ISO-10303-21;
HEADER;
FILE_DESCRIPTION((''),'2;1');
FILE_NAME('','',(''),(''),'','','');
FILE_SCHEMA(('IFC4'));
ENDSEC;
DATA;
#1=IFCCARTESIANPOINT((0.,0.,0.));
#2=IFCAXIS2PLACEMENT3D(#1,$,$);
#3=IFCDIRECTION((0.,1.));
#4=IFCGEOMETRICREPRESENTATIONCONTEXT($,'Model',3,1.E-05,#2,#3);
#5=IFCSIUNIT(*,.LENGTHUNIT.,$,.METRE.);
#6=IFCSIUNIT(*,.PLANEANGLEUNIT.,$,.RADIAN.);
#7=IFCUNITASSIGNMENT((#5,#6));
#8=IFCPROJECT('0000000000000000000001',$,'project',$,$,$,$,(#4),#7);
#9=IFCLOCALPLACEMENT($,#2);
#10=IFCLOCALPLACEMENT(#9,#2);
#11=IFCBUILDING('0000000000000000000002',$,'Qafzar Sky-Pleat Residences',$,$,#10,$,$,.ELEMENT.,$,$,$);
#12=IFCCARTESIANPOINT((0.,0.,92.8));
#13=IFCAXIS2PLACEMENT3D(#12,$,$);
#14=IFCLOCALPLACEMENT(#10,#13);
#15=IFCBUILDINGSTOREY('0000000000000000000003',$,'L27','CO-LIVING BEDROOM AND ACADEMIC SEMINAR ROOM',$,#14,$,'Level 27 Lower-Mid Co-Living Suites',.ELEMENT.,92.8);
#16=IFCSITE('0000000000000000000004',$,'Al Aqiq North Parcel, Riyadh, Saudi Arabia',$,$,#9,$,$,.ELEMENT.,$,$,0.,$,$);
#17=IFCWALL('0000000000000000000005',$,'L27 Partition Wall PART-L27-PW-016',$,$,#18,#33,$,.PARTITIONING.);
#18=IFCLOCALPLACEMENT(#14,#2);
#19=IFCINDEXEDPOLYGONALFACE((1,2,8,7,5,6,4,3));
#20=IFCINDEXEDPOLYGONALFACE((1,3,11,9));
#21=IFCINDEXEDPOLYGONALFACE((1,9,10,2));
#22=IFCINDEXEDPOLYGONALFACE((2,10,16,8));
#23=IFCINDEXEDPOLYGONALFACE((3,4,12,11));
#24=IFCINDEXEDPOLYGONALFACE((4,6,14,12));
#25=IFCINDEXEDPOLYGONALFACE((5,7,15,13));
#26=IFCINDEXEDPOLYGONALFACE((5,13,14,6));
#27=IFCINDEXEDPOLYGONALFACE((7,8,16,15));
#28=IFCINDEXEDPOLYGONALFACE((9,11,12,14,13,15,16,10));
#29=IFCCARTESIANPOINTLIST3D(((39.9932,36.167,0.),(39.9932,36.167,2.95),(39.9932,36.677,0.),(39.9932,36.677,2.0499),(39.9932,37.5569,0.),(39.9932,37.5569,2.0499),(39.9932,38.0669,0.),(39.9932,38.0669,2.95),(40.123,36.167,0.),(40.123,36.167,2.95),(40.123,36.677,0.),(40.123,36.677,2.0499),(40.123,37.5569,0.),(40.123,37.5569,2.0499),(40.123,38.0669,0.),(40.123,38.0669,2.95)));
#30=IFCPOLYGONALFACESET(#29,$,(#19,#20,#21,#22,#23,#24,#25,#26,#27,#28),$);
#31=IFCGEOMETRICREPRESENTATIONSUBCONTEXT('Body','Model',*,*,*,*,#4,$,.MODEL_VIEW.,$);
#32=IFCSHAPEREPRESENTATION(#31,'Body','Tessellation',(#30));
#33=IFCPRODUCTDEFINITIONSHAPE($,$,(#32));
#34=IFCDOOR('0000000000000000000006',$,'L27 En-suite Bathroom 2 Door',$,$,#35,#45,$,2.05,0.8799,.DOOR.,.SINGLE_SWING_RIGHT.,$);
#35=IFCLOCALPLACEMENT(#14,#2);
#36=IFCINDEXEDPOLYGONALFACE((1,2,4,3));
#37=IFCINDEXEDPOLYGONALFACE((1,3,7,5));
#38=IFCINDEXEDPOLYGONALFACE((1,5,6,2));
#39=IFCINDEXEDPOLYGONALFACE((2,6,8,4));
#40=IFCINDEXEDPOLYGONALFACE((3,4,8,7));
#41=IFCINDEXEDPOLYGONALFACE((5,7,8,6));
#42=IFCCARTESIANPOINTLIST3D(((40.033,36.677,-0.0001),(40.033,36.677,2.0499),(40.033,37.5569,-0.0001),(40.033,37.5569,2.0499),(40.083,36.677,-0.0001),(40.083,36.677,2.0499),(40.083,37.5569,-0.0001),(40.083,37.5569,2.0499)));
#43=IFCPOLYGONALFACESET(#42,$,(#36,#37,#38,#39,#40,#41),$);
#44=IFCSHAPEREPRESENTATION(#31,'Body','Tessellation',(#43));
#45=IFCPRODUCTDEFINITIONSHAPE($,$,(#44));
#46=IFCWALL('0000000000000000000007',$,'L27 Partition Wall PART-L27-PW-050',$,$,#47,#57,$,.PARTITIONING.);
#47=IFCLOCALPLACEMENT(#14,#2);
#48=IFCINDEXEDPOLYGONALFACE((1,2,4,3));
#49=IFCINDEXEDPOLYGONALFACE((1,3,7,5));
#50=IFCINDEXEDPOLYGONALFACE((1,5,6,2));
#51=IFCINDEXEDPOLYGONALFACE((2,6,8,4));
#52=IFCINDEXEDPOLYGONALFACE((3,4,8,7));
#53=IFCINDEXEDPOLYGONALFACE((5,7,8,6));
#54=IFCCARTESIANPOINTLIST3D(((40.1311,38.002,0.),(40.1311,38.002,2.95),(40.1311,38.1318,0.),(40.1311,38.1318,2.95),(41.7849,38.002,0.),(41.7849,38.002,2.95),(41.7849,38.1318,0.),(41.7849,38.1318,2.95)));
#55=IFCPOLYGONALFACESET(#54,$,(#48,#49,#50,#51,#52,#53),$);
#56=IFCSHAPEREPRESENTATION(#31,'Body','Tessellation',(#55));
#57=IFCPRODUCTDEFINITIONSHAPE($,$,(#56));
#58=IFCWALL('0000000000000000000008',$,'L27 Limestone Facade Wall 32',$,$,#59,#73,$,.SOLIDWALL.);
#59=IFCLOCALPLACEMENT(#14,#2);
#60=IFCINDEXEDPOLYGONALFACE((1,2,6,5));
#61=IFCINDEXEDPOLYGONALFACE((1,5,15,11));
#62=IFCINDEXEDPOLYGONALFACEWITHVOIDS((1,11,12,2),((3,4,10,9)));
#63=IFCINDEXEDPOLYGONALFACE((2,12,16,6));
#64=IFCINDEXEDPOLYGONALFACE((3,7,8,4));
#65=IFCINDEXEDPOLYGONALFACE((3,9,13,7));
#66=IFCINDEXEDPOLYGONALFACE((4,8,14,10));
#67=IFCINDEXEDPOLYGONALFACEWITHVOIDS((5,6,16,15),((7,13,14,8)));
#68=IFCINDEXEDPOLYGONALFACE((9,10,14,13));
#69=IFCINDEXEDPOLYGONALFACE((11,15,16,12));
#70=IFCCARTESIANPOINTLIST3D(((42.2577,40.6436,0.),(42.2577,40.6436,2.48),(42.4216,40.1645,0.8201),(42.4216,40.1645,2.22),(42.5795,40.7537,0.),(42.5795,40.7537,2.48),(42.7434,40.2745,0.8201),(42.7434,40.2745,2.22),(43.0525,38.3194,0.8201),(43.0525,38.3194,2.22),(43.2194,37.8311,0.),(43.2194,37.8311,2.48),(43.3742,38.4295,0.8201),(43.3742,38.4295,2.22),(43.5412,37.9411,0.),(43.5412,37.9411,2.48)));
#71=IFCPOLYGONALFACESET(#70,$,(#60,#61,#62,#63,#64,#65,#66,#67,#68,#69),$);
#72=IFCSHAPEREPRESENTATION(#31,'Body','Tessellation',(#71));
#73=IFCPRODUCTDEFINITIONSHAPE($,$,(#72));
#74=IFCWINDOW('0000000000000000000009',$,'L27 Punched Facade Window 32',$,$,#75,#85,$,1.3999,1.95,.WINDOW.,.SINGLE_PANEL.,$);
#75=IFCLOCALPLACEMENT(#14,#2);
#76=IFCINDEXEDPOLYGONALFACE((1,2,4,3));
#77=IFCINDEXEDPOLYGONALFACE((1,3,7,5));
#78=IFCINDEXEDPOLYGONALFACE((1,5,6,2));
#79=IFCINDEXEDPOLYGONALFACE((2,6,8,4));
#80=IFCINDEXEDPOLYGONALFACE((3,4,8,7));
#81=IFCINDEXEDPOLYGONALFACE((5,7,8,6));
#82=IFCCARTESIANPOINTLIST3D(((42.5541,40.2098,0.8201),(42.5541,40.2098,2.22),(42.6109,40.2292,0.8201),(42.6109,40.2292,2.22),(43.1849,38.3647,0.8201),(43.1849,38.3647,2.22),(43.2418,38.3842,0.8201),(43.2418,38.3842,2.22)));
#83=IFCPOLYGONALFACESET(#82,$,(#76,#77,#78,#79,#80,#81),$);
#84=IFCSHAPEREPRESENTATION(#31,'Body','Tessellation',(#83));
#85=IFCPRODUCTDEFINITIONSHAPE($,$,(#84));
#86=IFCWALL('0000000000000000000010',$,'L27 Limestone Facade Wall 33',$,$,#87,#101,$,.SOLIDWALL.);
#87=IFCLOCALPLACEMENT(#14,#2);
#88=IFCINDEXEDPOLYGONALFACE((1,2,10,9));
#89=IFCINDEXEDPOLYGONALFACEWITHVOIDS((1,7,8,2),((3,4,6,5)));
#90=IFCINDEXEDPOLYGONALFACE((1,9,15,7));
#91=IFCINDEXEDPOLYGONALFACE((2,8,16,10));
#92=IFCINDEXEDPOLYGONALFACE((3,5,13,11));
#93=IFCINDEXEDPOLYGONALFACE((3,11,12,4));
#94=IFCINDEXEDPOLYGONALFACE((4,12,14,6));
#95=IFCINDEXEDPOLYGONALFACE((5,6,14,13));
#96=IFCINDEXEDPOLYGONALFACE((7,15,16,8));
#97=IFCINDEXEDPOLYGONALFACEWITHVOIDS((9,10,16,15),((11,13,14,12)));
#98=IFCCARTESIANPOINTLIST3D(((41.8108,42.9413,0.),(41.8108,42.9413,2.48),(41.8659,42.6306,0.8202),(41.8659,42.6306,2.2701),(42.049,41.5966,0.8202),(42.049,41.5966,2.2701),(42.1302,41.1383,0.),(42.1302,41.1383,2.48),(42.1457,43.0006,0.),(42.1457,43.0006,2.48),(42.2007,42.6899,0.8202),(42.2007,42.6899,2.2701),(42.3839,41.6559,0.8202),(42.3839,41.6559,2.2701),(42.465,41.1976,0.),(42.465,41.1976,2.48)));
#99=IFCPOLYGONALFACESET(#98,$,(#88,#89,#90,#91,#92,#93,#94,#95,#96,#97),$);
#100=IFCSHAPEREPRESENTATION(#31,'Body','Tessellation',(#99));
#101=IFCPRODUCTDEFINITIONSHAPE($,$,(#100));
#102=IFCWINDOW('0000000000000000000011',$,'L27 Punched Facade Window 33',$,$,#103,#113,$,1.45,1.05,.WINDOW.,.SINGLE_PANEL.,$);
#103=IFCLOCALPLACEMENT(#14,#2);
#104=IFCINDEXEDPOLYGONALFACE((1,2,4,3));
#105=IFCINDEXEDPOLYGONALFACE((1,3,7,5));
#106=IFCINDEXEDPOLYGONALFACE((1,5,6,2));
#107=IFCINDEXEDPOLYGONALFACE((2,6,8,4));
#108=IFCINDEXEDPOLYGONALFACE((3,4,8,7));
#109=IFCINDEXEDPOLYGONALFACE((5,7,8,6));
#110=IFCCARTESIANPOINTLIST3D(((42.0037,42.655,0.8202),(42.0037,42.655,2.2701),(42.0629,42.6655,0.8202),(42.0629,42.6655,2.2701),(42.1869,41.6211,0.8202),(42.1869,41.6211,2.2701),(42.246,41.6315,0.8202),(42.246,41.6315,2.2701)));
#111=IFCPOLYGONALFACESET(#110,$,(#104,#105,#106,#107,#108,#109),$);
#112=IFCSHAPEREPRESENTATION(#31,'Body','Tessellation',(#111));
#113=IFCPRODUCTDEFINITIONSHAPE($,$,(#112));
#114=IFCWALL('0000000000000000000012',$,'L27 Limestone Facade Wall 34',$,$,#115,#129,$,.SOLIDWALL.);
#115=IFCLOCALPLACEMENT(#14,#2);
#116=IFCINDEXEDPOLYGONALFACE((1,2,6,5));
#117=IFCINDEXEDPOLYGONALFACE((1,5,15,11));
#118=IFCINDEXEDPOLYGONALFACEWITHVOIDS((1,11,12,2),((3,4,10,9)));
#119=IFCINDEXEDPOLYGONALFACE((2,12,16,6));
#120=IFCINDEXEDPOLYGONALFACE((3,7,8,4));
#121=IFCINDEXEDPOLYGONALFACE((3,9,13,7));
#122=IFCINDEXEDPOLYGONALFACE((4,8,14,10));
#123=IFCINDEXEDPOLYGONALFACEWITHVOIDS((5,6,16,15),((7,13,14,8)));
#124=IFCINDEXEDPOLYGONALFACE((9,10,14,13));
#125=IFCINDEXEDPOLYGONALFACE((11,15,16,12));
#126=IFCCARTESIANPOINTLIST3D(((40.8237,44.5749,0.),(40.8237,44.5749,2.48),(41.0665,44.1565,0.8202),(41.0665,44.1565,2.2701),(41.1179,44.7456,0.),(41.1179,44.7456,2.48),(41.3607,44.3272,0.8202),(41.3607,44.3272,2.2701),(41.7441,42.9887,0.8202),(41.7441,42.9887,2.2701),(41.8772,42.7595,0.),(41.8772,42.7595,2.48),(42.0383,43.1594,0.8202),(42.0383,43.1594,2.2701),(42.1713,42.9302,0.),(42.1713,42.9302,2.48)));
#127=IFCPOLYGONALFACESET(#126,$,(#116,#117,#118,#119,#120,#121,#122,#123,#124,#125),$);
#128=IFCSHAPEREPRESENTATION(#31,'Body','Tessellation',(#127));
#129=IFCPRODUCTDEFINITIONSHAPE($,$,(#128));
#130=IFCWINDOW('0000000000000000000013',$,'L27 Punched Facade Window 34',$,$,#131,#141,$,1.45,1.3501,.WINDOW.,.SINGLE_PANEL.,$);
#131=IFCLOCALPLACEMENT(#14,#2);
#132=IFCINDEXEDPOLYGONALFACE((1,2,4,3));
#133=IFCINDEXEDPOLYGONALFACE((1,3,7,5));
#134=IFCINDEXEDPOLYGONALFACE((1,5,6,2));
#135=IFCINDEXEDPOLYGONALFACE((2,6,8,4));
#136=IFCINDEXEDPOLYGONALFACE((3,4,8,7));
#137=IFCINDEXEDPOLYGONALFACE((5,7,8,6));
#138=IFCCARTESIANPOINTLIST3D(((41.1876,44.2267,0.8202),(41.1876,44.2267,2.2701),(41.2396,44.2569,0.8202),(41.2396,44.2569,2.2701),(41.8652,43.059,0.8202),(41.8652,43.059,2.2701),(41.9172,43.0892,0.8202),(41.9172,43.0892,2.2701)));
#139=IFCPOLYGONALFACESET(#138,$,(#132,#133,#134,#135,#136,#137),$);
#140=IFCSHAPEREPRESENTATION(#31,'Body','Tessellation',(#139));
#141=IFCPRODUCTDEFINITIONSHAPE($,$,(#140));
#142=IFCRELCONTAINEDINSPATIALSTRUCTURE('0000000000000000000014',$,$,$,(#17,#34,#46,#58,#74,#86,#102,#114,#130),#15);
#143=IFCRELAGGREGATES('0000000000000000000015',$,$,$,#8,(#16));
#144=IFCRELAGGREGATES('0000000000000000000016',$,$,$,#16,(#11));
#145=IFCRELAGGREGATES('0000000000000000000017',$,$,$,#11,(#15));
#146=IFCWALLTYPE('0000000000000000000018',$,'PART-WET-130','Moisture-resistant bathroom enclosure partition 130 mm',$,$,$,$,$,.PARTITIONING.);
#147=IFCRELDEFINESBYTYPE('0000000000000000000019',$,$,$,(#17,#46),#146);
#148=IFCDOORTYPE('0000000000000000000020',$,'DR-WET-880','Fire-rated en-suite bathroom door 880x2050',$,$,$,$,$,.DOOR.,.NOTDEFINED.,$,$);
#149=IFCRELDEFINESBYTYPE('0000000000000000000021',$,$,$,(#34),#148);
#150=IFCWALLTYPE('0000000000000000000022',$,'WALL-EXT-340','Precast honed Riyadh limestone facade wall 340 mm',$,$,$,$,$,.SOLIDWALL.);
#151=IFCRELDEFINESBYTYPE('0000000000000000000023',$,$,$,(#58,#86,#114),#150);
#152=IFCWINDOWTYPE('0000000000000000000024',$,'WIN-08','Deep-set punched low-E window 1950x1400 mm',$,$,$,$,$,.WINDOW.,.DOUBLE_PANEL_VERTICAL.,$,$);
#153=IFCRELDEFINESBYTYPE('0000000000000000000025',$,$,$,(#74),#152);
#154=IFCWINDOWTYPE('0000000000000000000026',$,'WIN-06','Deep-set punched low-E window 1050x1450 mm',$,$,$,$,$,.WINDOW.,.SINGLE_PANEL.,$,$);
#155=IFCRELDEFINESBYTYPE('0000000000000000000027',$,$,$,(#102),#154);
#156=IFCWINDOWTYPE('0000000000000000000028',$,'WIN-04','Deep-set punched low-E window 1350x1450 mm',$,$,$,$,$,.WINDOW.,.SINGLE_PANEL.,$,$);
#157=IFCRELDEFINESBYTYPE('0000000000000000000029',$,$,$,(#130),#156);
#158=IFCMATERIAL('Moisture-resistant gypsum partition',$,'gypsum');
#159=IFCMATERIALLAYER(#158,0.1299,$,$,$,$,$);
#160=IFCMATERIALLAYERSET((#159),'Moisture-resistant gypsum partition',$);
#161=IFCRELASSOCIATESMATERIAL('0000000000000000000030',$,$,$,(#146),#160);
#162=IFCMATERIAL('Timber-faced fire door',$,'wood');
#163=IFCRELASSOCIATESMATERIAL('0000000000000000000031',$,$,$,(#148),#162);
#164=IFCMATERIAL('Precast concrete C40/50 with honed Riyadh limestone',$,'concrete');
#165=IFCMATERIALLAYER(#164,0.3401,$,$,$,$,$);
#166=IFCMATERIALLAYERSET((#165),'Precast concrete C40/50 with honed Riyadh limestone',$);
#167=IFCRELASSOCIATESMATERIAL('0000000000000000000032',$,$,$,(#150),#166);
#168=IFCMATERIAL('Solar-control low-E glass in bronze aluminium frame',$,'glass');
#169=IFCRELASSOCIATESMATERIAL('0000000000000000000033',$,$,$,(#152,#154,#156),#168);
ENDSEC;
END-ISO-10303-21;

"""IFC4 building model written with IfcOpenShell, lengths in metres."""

from ifc_helpers import new_model, si_unit, direction, frame, frame_2d, origin, place, context, subcontext, project, spatial, rectangle, extrude, source, transform, mapped, material, layer, layer_set, type_object, element, fill, save


model = new_model("IFC4")

# Units and contexts
model_context = context("Model", 3, precision=1e-05, world=origin(), true_north=direction((0.0, 1.0)))
body_context = subcontext(model_context, "Body", "Model", "MODEL_VIEW")
ifc_project = project(units=[si_unit("LENGTHUNIT", "METRE"), si_unit("PLANEANGLEUNIT", "RADIAN")], contexts=[model_context])

# Site, building, storey
site_placement = place(None, origin())
site = spatial("IfcSite", under=ifc_project, at=site_placement, Name="Al Aqiq North Parcel, Riyadh, Saudi Arabia", CompositionType="ELEMENT", RefElevation=0.0)
building_placement = place(site_placement, origin())
building = spatial("IfcBuilding", under=site, at=building_placement, Name="Qafzar Sky-Pleat Residences", CompositionType="ELEMENT")
storey_placement = place(building_placement, frame((0.0, 0.0, 92.8)))
storey = spatial("IfcBuildingStorey", under=building, at=storey_placement, Name="L27", Description="CO-LIVING BEDROOM AND ACADEMIC SEMINAR ROOM", LongName="Level 27 Lower-Mid Co-Living Suites", CompositionType="ELEMENT", Elevation=92.8)

# Wall, opening, door
ifc_material_1 = material(Name="Moisture-resistant gypsum partition", Category="gypsum")
ifc_layer_1 = layer(ifc_material_1, 0.1299)
ifc_layer_set_1 = layer_set([ifc_layer_1], Name="Moisture-resistant gypsum partition")
wall_type_1 = type_object("IfcWallType", Name="PART-WET-130", Description="Moisture-resistant bathroom enclosure partition 130 mm", PredefinedType="PARTITIONING", material=ifc_layer_set_1)
wall_1_placement = place(storey_placement, frame((40.0581, 38.0669, 0.0), z_axis=(0.0, 0.0, 1.0), x_axis=(0.0, -1.0, 0.0)))
wall_1 = element("IfcWall", 1, at=wall_1_placement, inside=storey, type_object=wall_type_1, Name="L27 Partition Wall PART-L27-PW-016", PredefinedType="PARTITIONING", context=body_context, shape_type="SweptSolid", body=[
    extrude(rectangle(XDim=1.8999, YDim=0.1299, at=frame_2d((0.95, 0.0))), origin(), (0.0, 0.0, 1.0), 2.95),
])
opening_1_placement = place(wall_1_placement, frame((0.51, 0.0, 0.0)))
opening_1 = element("IfcOpeningElement", 2, at=opening_1_placement, cuts=wall_1, PredefinedType="OPENING", context=body_context, shape_type="SweptSolid", body=[
    extrude(rectangle(XDim=0.8799, YDim=2.05, at=frame_2d((0.4399, 1.0249))), frame((0.0, 0.075, 0.0), z_axis=(0.0, -1.0, 0.0), x_axis=(1.0, 0.0, 0.0)), (0.0, 0.0, 1.0), 0.1499),
])
ifc_material_2 = material(Name="Timber-faced fire door", Category="wood")
door_type = type_object("IfcDoorType", Name="DR-WET-880", Description="Fire-rated en-suite bathroom door 880x2050", OperationType="NOTDEFINED", PredefinedType="DOOR", material=ifc_material_2)
shared_shape_1 = source(origin(), body_context, "Body", "SweptSolid", [
    extrude(rectangle(XDim=0.8799, YDim=2.05, at=frame_2d((0.4399, 1.0249))), frame((0.0, 0.0249, 0.0), z_axis=(0.0, -1.0, 0.0), x_axis=(1.0, 0.0, 0.0)), (0.0, 0.0, 1.0), 0.05),
])
door_placement = place(opening_1_placement, origin())
door = element("IfcDoor", 3, at=door_placement, inside=storey, type_object=door_type, Name="L27 En-suite Bathroom 2 Door", OperationType="SINGLE_SWING_RIGHT", OverallHeight=2.05, OverallWidth=0.8799, PredefinedType="DOOR", context=body_context, shape_type="MappedRepresentation", body=[
    mapped(shared_shape_1, transform((0.0, 0.0, 0.0), x_axis=(1.0, 0.0, 0.0), y_axis=(0.0, 1.0, 0.0), z_axis=(0.0, 0.0, 1.0), scale=1.0)),
])
fill(opening_1, door)

# Wall
wall_2_placement = place(storey_placement, frame((40.1311, 38.0669, 0.0), z_axis=(0.0, 0.0, 1.0), x_axis=(1.0, 0.0, 0.0)))
element("IfcWall", 4, at=wall_2_placement, inside=storey, type_object=wall_type_1, Name="L27 Partition Wall PART-L27-PW-050", PredefinedType="PARTITIONING", context=body_context, shape_type="SweptSolid", body=[
    extrude(rectangle(XDim=1.6538, YDim=0.1299, at=frame_2d((0.8269, 0.0))), origin(), (0.0, 0.0, 1.0), 2.95),
])

# Walls, openings, windows
ifc_material_3 = material(Name="Precast concrete C40/50 with honed Riyadh limestone", Category="concrete")
ifc_layer_2 = layer(ifc_material_3, 0.3401)
ifc_layer_set_2 = layer_set([ifc_layer_2], Name="Precast concrete C40/50 with honed Riyadh limestone")
wall_type_2 = type_object("IfcWallType", Name="WALL-EXT-340", Description="Precast honed Riyadh limestone facade wall 340 mm", PredefinedType="SOLIDWALL", material=ifc_layer_set_2)
wall_3_placement = place(storey_placement, frame((43.3804, 37.886, 0.0), z_axis=(0.0, 0.0, 1.0), x_axis=(-0.323537, 0.946216, 0.0)))
wall_3 = element("IfcWall", 5, at=wall_3_placement, inside=storey, type_object=wall_type_2, Name="L27 Limestone Facade Wall 32", PredefinedType="SOLIDWALL", context=body_context, shape_type="SweptSolid", body=[
    extrude(rectangle(XDim=2.9724, YDim=0.3401, at=frame_2d((1.4863, 0.0))), origin(), (0.0, 0.0, 1.0), 2.48),
])
opening_2_placement = place(wall_3_placement, frame((0.5161, 0.0, 0.8201)))
opening_2 = element("IfcOpeningElement", 6, at=opening_2_placement, cuts=wall_3, PredefinedType="OPENING", context=body_context, shape_type="SweptSolid", body=[
    extrude(rectangle(XDim=1.95, YDim=1.3999, at=frame_2d((0.9751, 0.7))), frame((0.0, 0.1802, 0.0), z_axis=(0.0, -1.0, 0.0), x_axis=(1.0, 0.0, 0.0)), (0.0, 0.0, 1.0), 0.3601),
])
ifc_material_4 = material(Name="Solar-control low-E glass in bronze aluminium frame", Category="glass")
window_type_1 = type_object("IfcWindowType", Name="WIN-08", Description="Deep-set punched low-E window 1950x1400 mm", PartitioningType="DOUBLE_PANEL_VERTICAL", PredefinedType="WINDOW", material=ifc_material_4)
shared_shape_2 = source(origin(), body_context, "Body", "SweptSolid", [
    extrude(rectangle(XDim=1.95, YDim=1.3999, at=frame_2d((0.9751, 0.7))), frame((0.0, 0.03, 0.0), z_axis=(0.0, -1.0, 0.0), x_axis=(1.0, 0.0, 0.0)), (0.0, 0.0, 1.0), 0.0601),
])
window_1_placement = place(opening_2_placement, origin())
window_1 = element("IfcWindow", 7, at=window_1_placement, inside=storey, type_object=window_type_1, Name="L27 Punched Facade Window 32", OverallHeight=1.3999, OverallWidth=1.95, PartitioningType="SINGLE_PANEL", PredefinedType="WINDOW", context=body_context, shape_type="MappedRepresentation", body=[
    mapped(shared_shape_2, transform((0.0, 0.0, 0.0), x_axis=(1.0, 0.0, 0.0), y_axis=(0.0, 1.0, 0.0), z_axis=(0.0, 0.0, 1.0), scale=1.0)),
])
fill(opening_2, window_1)
wall_4_placement = place(storey_placement, frame((42.2976, 41.168, 0.0), z_axis=(0.0, 0.0, 1.0), x_axis=(-0.174401, 0.984675, 0.0)))
wall_4 = element("IfcWall", 8, at=wall_4_placement, inside=storey, type_object=wall_type_2, Name="L27 Limestone Facade Wall 33", PredefinedType="SOLIDWALL", context=body_context, shape_type="SweptSolid", body=[
    extrude(rectangle(XDim=1.8311, YDim=0.3401, at=frame_2d((0.9155, 0.0))), origin(), (0.0, 0.0, 1.0), 2.48),
])
opening_3_placement = place(wall_4_placement, frame((0.4656, 0.0, 0.8201)))
opening_3 = element("IfcOpeningElement", 9, at=opening_3_placement, cuts=wall_4, PredefinedType="OPENING", context=body_context, shape_type="SweptSolid", body=[
    extrude(rectangle(XDim=1.05, YDim=1.45, at=frame_2d((0.5249, 0.7251))), frame((0.0, 0.1802, 0.0), z_axis=(0.0, -1.0, 0.0), x_axis=(1.0, 0.0, 0.0)), (0.0, 0.0, 1.0), 0.3601),
])
window_type_2 = type_object("IfcWindowType", Name="WIN-06", Description="Deep-set punched low-E window 1050x1450 mm", PartitioningType="SINGLE_PANEL", PredefinedType="WINDOW", material=ifc_material_4)
shared_shape_3 = source(origin(), body_context, "Body", "SweptSolid", [
    extrude(rectangle(XDim=1.05, YDim=1.45, at=frame_2d((0.5249, 0.7251))), frame((0.0, 0.03, 0.0), z_axis=(0.0, -1.0, 0.0), x_axis=(1.0, 0.0, 0.0)), (0.0, 0.0, 1.0), 0.0601),
])
window_2_placement = place(opening_3_placement, origin())
window_2 = element("IfcWindow", 10, at=window_2_placement, inside=storey, type_object=window_type_2, Name="L27 Punched Facade Window 33", OverallHeight=1.45, OverallWidth=1.05, PartitioningType="SINGLE_PANEL", PredefinedType="WINDOW", context=body_context, shape_type="MappedRepresentation", body=[
    mapped(shared_shape_3, transform((0.0, 0.0, 0.0), x_axis=(1.0, 0.0, 0.0), y_axis=(0.0, 1.0, 0.0), z_axis=(0.0, 0.0, 1.0), scale=1.0)),
])
fill(opening_3, window_2)
wall_5_placement = place(storey_placement, frame((42.0242, 42.845, 0.0), z_axis=(0.0, 0.0, 1.0), x_axis=(-0.501903, 0.864924, 0.0)))
wall_5 = element("IfcWall", 11, at=wall_5_placement, inside=storey, type_object=wall_type_2, Name="L27 Limestone Facade Wall 34", PredefinedType="SOLIDWALL", context=body_context, shape_type="SweptSolid", body=[
    extrude(rectangle(XDim=2.0989, YDim=0.3401, at=frame_2d((1.0493, 0.0))), origin(), (0.0, 0.0, 1.0), 2.48),
])
opening_4_placement = place(wall_5_placement, frame((0.2649, 0.0, 0.8201)))
opening_4 = element("IfcOpeningElement", 12, at=opening_4_placement, cuts=wall_5, PredefinedType="OPENING", context=body_context, shape_type="SweptSolid", body=[
    extrude(rectangle(XDim=1.3501, YDim=1.45, at=frame_2d((0.675, 0.7251))), frame((0.0, 0.1802, 0.0), z_axis=(0.0, -1.0, 0.0), x_axis=(1.0, 0.0, 0.0)), (0.0, 0.0, 1.0), 0.3601),
])
window_type_3 = type_object("IfcWindowType", Name="WIN-04", Description="Deep-set punched low-E window 1350x1450 mm", PartitioningType="SINGLE_PANEL", PredefinedType="WINDOW", material=ifc_material_4)
shared_shape_4 = source(origin(), body_context, "Body", "SweptSolid", [
    extrude(rectangle(XDim=1.3501, YDim=1.45, at=frame_2d((0.675, 0.7251))), frame((0.0, 0.03, 0.0), z_axis=(0.0, -1.0, 0.0), x_axis=(1.0, 0.0, 0.0)), (0.0, 0.0, 1.0), 0.0601),
])
window_3_placement = place(opening_4_placement, origin())
window_3 = element("IfcWindow", 13, at=window_3_placement, inside=storey, type_object=window_type_3, Name="L27 Punched Facade Window 34", OverallHeight=1.45, OverallWidth=1.3501, PartitioningType="SINGLE_PANEL", PredefinedType="WINDOW", context=body_context, shape_type="MappedRepresentation", body=[
    mapped(shared_shape_4, transform((0.0, 0.0, 0.0), x_axis=(1.0, 0.0, 0.0), y_axis=(0.0, 1.0, 0.0), z_axis=(0.0, 0.0, 1.0), scale=1.0)),
])
fill(opening_4, window_3)

save(model, "model.ifc")
